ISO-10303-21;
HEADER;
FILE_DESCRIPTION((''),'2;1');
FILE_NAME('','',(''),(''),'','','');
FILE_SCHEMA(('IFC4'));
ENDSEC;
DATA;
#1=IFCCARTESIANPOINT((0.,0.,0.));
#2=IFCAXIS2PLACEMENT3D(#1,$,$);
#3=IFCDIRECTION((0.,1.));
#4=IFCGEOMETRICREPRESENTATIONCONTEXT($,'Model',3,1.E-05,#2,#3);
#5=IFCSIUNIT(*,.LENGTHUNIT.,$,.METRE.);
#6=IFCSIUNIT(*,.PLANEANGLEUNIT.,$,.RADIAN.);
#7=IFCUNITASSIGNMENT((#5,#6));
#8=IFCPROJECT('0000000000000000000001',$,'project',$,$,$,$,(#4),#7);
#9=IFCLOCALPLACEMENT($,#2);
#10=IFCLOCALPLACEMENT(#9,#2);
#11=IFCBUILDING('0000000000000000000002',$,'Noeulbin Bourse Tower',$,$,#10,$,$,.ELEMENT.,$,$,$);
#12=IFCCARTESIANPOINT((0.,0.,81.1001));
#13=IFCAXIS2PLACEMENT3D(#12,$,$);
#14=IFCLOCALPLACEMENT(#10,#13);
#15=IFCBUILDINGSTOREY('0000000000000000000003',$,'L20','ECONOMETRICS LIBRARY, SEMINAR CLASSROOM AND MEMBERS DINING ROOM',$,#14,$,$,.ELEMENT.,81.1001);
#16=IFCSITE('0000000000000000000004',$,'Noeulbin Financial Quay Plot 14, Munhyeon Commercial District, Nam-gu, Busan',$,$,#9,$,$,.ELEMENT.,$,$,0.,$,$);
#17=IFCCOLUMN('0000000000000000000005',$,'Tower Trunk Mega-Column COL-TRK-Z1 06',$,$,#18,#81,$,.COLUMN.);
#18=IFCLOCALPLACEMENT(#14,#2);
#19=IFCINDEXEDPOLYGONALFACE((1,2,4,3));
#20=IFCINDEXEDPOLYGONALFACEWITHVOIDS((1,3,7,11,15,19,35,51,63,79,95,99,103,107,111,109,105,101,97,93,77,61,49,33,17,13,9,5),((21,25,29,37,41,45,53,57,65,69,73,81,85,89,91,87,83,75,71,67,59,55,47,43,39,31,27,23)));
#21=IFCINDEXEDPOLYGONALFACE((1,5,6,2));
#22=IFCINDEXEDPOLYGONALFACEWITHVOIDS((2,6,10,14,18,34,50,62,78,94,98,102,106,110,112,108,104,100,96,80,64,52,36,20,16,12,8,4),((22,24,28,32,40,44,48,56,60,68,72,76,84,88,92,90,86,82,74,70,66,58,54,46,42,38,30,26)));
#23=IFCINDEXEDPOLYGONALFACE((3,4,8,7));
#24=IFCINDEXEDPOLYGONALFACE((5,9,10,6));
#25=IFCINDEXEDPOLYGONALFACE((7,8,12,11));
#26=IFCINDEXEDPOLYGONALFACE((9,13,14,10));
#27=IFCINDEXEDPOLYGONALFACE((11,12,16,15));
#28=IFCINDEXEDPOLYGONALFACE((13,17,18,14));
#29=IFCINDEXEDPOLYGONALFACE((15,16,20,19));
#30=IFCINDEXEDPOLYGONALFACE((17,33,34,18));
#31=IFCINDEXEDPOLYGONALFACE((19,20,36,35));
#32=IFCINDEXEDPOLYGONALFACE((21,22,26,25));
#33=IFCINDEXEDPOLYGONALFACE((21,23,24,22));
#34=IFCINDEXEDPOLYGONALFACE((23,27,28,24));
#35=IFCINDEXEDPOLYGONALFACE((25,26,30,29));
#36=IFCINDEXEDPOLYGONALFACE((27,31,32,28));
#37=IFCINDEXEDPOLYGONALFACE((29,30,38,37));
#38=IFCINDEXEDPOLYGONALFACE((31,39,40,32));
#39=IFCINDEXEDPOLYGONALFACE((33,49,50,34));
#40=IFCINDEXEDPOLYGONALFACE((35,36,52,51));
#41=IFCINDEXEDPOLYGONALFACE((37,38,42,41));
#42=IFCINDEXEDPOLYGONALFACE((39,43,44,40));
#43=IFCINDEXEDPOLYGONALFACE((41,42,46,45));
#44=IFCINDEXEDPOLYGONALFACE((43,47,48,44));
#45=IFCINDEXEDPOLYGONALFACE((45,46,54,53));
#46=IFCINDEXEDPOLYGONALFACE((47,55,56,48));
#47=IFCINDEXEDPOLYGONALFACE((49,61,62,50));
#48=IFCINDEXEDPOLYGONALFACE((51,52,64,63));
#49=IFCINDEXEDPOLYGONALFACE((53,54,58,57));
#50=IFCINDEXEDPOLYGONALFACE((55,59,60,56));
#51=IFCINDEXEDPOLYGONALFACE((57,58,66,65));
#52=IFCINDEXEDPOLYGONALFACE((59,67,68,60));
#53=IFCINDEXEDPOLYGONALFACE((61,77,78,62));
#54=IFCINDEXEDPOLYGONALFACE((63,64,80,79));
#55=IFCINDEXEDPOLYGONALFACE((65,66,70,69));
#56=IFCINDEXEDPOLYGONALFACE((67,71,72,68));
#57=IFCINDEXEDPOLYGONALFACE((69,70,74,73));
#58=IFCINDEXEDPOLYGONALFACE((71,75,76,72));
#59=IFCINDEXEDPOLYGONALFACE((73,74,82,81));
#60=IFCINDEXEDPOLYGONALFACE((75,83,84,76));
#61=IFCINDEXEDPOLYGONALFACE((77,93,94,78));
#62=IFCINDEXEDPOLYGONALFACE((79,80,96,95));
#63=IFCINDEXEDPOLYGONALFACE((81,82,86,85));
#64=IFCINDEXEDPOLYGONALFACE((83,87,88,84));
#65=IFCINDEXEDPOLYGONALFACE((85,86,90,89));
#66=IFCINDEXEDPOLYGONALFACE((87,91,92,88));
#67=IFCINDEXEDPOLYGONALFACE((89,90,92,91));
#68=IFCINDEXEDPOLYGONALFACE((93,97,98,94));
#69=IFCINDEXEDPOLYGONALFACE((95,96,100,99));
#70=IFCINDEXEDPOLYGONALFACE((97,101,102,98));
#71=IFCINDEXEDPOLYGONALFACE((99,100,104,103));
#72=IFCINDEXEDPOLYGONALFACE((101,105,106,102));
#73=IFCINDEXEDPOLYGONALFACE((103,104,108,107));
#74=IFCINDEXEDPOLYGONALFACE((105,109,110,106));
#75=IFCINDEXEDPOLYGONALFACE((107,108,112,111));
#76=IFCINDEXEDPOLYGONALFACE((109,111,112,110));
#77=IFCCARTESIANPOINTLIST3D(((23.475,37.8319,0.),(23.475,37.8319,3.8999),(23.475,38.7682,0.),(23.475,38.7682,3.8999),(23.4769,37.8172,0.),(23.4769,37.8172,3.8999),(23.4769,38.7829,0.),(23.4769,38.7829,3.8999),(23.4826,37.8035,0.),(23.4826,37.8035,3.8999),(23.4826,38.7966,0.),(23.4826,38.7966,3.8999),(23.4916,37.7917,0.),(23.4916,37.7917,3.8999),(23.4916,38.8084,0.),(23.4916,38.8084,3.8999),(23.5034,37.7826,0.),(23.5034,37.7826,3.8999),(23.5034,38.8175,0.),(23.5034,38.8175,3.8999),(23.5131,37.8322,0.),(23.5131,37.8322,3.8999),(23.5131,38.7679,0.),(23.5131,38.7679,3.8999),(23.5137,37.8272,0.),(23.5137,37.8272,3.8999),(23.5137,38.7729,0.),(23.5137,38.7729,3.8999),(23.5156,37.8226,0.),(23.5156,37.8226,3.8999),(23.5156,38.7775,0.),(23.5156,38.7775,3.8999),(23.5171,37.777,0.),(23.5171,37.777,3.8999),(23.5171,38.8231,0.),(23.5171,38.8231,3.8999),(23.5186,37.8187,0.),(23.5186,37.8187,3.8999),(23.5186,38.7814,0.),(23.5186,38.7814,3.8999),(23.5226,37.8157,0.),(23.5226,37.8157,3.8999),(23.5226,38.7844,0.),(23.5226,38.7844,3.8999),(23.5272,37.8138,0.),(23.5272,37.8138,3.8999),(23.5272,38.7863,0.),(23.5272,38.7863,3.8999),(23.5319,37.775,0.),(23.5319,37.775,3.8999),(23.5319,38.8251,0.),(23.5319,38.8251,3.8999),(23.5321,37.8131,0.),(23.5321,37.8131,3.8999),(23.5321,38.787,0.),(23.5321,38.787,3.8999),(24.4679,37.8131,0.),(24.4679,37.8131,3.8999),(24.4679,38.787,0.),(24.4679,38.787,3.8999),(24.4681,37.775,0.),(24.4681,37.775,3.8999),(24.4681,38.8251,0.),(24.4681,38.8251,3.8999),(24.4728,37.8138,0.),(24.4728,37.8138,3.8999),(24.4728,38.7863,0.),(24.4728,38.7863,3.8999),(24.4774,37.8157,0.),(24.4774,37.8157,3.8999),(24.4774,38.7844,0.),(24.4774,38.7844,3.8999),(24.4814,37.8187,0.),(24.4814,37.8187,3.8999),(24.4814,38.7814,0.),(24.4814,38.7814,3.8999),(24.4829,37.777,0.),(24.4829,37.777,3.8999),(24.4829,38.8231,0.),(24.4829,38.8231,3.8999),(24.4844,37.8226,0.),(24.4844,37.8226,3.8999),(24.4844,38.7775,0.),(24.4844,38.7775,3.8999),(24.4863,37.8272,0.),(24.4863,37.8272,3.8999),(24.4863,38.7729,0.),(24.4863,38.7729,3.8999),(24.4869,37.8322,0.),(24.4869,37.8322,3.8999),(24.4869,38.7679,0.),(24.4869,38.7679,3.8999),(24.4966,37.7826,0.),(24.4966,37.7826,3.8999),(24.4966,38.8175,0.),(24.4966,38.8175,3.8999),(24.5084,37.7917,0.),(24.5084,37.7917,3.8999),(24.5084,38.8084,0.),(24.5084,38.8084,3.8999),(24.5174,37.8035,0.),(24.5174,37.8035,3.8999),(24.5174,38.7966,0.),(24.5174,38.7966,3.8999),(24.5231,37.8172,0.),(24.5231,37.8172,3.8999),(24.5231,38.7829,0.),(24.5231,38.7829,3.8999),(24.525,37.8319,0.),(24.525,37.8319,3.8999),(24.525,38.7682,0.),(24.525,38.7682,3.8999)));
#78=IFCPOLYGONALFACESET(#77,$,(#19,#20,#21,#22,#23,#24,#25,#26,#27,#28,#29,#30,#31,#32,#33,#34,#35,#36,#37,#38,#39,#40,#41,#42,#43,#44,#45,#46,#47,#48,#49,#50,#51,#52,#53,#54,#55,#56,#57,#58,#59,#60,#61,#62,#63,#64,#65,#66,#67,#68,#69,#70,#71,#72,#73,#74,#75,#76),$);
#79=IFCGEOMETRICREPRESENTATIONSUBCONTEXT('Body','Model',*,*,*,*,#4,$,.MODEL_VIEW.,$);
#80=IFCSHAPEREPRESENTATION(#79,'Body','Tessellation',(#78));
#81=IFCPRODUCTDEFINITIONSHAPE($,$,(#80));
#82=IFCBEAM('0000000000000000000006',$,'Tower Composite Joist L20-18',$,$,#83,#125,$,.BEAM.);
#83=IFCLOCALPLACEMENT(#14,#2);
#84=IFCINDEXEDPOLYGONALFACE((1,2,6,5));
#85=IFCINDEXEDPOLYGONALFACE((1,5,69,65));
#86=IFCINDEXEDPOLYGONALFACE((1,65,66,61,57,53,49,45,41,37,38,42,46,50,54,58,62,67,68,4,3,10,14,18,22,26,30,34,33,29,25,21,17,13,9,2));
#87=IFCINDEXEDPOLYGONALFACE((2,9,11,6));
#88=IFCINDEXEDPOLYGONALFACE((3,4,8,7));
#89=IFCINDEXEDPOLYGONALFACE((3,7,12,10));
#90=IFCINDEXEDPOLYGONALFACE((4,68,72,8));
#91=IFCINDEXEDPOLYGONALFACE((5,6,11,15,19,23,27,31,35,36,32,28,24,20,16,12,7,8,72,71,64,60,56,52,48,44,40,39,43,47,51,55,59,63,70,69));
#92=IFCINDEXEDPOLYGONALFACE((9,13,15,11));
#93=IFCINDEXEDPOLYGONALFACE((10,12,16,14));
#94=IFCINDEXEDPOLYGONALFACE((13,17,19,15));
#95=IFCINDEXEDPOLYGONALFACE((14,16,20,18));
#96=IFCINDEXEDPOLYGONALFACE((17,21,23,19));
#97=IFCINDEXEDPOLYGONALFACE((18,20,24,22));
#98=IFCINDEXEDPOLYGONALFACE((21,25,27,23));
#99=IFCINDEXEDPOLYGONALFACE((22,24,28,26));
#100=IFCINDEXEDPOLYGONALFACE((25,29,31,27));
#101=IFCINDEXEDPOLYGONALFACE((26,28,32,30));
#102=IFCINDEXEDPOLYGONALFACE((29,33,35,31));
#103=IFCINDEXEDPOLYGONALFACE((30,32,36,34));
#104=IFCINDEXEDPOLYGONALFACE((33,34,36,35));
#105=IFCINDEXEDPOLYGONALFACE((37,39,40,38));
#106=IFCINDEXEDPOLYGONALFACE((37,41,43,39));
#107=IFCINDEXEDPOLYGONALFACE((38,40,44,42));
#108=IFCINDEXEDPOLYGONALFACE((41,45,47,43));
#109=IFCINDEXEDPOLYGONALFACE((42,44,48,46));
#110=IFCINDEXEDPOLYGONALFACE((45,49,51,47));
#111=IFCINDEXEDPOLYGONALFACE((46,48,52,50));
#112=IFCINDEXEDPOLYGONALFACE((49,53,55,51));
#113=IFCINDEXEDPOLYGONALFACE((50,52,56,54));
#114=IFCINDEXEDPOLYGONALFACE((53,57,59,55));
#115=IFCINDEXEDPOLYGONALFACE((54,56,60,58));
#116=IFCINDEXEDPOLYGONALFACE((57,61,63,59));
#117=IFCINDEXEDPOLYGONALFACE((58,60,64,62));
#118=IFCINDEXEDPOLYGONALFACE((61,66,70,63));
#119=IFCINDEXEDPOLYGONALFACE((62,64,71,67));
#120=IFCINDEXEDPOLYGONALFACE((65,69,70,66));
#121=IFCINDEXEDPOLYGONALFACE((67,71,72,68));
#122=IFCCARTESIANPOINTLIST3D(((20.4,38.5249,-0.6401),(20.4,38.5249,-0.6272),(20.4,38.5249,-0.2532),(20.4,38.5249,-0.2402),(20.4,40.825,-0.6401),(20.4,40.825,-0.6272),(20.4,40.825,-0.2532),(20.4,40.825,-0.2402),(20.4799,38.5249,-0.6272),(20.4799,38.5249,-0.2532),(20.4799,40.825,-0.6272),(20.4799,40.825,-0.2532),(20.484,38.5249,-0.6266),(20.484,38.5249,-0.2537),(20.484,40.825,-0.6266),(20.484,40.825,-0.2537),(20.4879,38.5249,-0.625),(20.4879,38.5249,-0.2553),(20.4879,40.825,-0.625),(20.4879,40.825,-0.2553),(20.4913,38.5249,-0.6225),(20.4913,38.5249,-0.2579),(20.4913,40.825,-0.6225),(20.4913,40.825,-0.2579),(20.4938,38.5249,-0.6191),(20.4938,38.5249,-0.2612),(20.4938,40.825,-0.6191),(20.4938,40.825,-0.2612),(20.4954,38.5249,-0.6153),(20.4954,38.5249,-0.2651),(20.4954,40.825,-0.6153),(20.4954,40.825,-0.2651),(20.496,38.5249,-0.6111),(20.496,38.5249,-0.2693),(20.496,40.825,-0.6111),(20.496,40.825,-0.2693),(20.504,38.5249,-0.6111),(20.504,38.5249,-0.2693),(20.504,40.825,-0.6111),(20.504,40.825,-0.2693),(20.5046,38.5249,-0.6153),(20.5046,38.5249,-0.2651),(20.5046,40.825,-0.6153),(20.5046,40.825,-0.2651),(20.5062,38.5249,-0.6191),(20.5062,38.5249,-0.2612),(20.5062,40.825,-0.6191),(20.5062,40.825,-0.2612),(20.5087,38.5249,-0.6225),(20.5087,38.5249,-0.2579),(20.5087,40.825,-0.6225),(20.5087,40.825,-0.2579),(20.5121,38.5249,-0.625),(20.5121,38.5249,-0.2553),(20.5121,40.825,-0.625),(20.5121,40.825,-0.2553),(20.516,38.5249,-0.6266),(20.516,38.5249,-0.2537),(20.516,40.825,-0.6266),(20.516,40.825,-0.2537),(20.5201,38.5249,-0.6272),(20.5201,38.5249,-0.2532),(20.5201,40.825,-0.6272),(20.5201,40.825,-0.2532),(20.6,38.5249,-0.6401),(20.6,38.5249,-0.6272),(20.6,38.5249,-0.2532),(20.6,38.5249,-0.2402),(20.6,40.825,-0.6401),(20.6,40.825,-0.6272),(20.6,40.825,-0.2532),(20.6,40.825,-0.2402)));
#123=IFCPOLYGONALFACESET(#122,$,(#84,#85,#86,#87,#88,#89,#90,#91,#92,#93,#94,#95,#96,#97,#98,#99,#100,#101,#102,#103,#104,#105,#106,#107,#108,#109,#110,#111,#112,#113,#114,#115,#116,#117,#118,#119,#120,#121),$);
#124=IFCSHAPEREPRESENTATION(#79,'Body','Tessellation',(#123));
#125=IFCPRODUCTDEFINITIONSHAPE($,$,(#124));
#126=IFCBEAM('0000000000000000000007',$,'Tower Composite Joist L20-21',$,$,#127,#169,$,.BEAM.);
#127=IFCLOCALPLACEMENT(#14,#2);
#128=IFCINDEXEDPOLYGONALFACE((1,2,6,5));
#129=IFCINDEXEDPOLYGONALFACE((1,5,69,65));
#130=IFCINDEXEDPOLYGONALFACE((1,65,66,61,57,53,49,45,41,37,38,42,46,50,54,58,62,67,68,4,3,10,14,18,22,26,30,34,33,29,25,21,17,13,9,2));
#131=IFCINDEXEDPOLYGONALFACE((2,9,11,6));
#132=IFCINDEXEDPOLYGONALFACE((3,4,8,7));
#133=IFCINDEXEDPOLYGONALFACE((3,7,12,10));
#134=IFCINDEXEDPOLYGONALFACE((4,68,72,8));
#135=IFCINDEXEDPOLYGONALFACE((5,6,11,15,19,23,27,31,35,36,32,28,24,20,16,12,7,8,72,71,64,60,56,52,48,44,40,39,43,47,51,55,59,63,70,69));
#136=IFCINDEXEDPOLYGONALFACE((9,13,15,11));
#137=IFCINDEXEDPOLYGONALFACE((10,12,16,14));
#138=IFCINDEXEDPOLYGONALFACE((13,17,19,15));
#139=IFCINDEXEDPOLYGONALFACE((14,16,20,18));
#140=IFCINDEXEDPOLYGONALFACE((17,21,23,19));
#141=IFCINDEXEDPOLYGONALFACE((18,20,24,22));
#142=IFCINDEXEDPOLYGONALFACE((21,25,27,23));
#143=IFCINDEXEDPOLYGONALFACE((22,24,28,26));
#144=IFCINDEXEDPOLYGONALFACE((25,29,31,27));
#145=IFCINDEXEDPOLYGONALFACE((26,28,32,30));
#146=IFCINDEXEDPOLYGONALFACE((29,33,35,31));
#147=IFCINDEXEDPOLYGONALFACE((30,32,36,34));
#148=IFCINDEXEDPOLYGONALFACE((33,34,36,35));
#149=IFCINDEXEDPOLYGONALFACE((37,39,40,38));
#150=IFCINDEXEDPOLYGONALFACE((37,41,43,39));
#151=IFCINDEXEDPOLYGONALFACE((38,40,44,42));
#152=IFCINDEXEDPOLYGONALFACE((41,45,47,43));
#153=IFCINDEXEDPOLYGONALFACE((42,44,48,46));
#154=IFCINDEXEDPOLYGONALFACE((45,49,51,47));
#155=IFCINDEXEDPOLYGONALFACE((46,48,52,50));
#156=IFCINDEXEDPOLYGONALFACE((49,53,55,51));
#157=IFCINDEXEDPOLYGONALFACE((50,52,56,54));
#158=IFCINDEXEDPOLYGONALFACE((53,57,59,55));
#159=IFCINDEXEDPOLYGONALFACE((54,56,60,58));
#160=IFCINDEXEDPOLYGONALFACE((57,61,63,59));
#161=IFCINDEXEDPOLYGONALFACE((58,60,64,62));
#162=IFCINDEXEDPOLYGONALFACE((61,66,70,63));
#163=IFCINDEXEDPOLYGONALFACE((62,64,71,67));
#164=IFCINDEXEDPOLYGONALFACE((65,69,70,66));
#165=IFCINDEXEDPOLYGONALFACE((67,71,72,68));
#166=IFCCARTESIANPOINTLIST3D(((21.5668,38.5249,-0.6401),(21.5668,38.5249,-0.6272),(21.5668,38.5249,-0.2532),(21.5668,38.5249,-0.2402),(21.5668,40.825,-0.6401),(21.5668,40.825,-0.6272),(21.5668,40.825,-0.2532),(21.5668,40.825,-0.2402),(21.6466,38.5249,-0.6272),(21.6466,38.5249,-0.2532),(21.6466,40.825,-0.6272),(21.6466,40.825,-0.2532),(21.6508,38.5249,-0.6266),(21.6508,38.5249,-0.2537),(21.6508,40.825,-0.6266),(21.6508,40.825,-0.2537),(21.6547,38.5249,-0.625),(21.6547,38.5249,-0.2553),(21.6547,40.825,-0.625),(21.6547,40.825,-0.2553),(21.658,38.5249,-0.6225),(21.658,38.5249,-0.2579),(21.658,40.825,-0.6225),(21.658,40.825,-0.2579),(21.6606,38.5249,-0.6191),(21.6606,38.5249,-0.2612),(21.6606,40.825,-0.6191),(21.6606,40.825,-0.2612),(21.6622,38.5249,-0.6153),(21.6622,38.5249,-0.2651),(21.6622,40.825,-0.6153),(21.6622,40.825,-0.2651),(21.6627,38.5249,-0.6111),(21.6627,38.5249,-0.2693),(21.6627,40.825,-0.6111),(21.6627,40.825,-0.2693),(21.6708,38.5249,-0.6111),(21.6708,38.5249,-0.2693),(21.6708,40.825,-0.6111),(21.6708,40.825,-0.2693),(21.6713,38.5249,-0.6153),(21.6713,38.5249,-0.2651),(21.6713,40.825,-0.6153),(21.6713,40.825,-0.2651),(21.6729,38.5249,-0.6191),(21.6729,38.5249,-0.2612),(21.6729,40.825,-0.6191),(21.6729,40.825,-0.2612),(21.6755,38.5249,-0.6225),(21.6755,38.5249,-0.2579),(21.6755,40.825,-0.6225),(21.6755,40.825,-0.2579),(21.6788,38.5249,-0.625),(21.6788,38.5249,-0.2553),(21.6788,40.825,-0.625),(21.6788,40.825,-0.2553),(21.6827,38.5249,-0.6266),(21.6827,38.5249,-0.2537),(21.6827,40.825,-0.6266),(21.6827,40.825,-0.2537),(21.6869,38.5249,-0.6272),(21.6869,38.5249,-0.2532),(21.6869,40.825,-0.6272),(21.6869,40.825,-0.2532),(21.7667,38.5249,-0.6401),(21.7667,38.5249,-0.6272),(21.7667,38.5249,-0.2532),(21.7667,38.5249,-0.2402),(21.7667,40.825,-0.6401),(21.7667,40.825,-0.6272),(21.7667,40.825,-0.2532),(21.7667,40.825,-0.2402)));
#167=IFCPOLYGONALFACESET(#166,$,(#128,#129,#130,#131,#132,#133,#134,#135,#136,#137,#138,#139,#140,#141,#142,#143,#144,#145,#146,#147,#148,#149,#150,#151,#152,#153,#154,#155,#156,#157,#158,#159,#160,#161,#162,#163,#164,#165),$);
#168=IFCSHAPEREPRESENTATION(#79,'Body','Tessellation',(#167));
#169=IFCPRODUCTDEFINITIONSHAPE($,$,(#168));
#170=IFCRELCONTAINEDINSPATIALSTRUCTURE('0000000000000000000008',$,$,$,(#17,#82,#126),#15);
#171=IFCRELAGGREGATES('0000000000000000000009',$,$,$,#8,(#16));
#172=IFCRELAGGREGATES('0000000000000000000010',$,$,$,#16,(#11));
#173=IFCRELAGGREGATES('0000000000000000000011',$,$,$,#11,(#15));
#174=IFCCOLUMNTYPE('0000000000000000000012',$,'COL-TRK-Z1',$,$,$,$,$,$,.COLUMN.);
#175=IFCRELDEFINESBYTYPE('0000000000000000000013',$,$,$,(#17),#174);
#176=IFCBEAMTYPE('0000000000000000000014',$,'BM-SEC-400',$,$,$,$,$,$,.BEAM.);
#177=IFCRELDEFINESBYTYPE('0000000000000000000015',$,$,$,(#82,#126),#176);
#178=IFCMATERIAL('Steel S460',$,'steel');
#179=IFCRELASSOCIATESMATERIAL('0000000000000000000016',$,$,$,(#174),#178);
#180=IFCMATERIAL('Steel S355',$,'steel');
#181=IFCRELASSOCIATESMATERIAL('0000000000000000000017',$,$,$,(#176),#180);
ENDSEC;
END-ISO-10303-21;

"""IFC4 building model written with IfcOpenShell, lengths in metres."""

from ifc_helpers import new_model, si_unit, direction, frame, origin, origin_2d, place, context, subcontext, project, spatial, hollow_rectangle, i_section, extrude, material, material_profile, profile_set, type_object, element, save


model = new_model("IFC4")

# Units and contexts
model_context = context("Model", 3, precision=1e-05, world=origin(), true_north=direction((0.0, 1.0)))
body_context = subcontext(model_context, "Body", "Model", "MODEL_VIEW")
ifc_project = project(units=[si_unit("LENGTHUNIT", "METRE"), si_unit("PLANEANGLEUNIT", "RADIAN")], contexts=[model_context])

# Site, building, storey
site_placement = place(None, origin())
site = spatial("IfcSite", under=ifc_project, at=site_placement, Name="Noeulbin Financial Quay Plot 14, Munhyeon Commercial District, Nam-gu, Busan", CompositionType="ELEMENT", RefElevation=0.0)
building_placement = place(site_placement, origin())
building = spatial("IfcBuilding", under=site, at=building_placement, Name="Noeulbin Bourse Tower", CompositionType="ELEMENT")
storey_placement = place(building_placement, frame((0.0, 0.0, 81.1001)))
storey = spatial("IfcBuildingStorey", under=building, at=storey_placement, Name="L20", Description="ECONOMETRICS LIBRARY, SEMINAR CLASSROOM AND MEMBERS DINING ROOM", CompositionType="ELEMENT", Elevation=81.1001)

# Column
ifc_material_1 = material(Name="Steel S460", Category="steel")
ifc_material_profile_1 = material_profile(ifc_material_1, hollow_rectangle(XDim=1.05, YDim=1.05, WallThickness=0.0381, InnerFilletRadius=0.019, OuterFilletRadius=0.0569, at=origin_2d()), Name="BOX-1050x1050x38", Category="LoadBearing")
ifc_profile_set_1 = profile_set([ifc_material_profile_1], Name="Steel S460")
column_type_1 = type_object("IfcColumnType", Name="COL-TRK-Z1", PredefinedType="COLUMN", material=ifc_profile_set_1)
for number, where, z_axis, x_axis, name in (
    (1, (24.0, 38.3, 0.0), (0.0, 0.0, 1.0), (1.0, 0.0, 0.0), "Tower Trunk Mega-Column COL-TRK-Z1 06"),
):
    element("IfcColumn", number, at=place(storey_placement, frame(where, z_axis=z_axis, x_axis=x_axis)), inside=storey, type_object=column_type_1, Name=name, PredefinedType="COLUMN", context=body_context, shape_type="SweptSolid", body=[
        extrude(hollow_rectangle(XDim=1.05, YDim=1.05, WallThickness=0.0381, InnerFilletRadius=0.019, OuterFilletRadius=0.0569, at=origin_2d()), origin(), (0.0, 0.0, 1.0), 3.8999),
    ])

# Beams
ifc_material_2 = material(Name="Steel S355", Category="steel")
ifc_material_profile_2 = material_profile(ifc_material_2, i_section(OverallWidth=0.2, OverallDepth=0.3999, WebThickness=0.0081, FlangeThickness=0.0129, FilletRadius=0.0161, at=origin_2d()), Name="H-400x200x8x13", Category="LoadBearing")
ifc_profile_set_2 = profile_set([ifc_material_profile_2], Name="Steel S355")
beam_type_1 = type_object("IfcBeamType", Name="BM-SEC-400", PredefinedType="BEAM", material=ifc_profile_set_2)
for number, where, z_axis, x_axis, name in (
    (2, (20.5, 38.5249, -0.4402), (0.0, 1.0, 0.0), (-1.0, 0.0, 0.0), "Tower Composite Joist L20-18"),
    (3, (21.6667, 38.5249, -0.4402), (0.0, 1.0, 0.0), (-1.0, 0.0, 0.0), "Tower Composite Joist L20-21"),
):
    element("IfcBeam", number, at=place(storey_placement, frame(where, z_axis=z_axis, x_axis=x_axis)), inside=storey, type_object=beam_type_1, Name=name, PredefinedType="BEAM", context=body_context, shape_type="SweptSolid", body=[
        extrude(i_section(OverallWidth=0.2, OverallDepth=0.3999, WebThickness=0.0081, FlangeThickness=0.0129, FilletRadius=0.0161, at=origin_2d()), origin(), (0.0, 0.0, 1.0), 2.3),
    ])

save(model, "model.ifc")
